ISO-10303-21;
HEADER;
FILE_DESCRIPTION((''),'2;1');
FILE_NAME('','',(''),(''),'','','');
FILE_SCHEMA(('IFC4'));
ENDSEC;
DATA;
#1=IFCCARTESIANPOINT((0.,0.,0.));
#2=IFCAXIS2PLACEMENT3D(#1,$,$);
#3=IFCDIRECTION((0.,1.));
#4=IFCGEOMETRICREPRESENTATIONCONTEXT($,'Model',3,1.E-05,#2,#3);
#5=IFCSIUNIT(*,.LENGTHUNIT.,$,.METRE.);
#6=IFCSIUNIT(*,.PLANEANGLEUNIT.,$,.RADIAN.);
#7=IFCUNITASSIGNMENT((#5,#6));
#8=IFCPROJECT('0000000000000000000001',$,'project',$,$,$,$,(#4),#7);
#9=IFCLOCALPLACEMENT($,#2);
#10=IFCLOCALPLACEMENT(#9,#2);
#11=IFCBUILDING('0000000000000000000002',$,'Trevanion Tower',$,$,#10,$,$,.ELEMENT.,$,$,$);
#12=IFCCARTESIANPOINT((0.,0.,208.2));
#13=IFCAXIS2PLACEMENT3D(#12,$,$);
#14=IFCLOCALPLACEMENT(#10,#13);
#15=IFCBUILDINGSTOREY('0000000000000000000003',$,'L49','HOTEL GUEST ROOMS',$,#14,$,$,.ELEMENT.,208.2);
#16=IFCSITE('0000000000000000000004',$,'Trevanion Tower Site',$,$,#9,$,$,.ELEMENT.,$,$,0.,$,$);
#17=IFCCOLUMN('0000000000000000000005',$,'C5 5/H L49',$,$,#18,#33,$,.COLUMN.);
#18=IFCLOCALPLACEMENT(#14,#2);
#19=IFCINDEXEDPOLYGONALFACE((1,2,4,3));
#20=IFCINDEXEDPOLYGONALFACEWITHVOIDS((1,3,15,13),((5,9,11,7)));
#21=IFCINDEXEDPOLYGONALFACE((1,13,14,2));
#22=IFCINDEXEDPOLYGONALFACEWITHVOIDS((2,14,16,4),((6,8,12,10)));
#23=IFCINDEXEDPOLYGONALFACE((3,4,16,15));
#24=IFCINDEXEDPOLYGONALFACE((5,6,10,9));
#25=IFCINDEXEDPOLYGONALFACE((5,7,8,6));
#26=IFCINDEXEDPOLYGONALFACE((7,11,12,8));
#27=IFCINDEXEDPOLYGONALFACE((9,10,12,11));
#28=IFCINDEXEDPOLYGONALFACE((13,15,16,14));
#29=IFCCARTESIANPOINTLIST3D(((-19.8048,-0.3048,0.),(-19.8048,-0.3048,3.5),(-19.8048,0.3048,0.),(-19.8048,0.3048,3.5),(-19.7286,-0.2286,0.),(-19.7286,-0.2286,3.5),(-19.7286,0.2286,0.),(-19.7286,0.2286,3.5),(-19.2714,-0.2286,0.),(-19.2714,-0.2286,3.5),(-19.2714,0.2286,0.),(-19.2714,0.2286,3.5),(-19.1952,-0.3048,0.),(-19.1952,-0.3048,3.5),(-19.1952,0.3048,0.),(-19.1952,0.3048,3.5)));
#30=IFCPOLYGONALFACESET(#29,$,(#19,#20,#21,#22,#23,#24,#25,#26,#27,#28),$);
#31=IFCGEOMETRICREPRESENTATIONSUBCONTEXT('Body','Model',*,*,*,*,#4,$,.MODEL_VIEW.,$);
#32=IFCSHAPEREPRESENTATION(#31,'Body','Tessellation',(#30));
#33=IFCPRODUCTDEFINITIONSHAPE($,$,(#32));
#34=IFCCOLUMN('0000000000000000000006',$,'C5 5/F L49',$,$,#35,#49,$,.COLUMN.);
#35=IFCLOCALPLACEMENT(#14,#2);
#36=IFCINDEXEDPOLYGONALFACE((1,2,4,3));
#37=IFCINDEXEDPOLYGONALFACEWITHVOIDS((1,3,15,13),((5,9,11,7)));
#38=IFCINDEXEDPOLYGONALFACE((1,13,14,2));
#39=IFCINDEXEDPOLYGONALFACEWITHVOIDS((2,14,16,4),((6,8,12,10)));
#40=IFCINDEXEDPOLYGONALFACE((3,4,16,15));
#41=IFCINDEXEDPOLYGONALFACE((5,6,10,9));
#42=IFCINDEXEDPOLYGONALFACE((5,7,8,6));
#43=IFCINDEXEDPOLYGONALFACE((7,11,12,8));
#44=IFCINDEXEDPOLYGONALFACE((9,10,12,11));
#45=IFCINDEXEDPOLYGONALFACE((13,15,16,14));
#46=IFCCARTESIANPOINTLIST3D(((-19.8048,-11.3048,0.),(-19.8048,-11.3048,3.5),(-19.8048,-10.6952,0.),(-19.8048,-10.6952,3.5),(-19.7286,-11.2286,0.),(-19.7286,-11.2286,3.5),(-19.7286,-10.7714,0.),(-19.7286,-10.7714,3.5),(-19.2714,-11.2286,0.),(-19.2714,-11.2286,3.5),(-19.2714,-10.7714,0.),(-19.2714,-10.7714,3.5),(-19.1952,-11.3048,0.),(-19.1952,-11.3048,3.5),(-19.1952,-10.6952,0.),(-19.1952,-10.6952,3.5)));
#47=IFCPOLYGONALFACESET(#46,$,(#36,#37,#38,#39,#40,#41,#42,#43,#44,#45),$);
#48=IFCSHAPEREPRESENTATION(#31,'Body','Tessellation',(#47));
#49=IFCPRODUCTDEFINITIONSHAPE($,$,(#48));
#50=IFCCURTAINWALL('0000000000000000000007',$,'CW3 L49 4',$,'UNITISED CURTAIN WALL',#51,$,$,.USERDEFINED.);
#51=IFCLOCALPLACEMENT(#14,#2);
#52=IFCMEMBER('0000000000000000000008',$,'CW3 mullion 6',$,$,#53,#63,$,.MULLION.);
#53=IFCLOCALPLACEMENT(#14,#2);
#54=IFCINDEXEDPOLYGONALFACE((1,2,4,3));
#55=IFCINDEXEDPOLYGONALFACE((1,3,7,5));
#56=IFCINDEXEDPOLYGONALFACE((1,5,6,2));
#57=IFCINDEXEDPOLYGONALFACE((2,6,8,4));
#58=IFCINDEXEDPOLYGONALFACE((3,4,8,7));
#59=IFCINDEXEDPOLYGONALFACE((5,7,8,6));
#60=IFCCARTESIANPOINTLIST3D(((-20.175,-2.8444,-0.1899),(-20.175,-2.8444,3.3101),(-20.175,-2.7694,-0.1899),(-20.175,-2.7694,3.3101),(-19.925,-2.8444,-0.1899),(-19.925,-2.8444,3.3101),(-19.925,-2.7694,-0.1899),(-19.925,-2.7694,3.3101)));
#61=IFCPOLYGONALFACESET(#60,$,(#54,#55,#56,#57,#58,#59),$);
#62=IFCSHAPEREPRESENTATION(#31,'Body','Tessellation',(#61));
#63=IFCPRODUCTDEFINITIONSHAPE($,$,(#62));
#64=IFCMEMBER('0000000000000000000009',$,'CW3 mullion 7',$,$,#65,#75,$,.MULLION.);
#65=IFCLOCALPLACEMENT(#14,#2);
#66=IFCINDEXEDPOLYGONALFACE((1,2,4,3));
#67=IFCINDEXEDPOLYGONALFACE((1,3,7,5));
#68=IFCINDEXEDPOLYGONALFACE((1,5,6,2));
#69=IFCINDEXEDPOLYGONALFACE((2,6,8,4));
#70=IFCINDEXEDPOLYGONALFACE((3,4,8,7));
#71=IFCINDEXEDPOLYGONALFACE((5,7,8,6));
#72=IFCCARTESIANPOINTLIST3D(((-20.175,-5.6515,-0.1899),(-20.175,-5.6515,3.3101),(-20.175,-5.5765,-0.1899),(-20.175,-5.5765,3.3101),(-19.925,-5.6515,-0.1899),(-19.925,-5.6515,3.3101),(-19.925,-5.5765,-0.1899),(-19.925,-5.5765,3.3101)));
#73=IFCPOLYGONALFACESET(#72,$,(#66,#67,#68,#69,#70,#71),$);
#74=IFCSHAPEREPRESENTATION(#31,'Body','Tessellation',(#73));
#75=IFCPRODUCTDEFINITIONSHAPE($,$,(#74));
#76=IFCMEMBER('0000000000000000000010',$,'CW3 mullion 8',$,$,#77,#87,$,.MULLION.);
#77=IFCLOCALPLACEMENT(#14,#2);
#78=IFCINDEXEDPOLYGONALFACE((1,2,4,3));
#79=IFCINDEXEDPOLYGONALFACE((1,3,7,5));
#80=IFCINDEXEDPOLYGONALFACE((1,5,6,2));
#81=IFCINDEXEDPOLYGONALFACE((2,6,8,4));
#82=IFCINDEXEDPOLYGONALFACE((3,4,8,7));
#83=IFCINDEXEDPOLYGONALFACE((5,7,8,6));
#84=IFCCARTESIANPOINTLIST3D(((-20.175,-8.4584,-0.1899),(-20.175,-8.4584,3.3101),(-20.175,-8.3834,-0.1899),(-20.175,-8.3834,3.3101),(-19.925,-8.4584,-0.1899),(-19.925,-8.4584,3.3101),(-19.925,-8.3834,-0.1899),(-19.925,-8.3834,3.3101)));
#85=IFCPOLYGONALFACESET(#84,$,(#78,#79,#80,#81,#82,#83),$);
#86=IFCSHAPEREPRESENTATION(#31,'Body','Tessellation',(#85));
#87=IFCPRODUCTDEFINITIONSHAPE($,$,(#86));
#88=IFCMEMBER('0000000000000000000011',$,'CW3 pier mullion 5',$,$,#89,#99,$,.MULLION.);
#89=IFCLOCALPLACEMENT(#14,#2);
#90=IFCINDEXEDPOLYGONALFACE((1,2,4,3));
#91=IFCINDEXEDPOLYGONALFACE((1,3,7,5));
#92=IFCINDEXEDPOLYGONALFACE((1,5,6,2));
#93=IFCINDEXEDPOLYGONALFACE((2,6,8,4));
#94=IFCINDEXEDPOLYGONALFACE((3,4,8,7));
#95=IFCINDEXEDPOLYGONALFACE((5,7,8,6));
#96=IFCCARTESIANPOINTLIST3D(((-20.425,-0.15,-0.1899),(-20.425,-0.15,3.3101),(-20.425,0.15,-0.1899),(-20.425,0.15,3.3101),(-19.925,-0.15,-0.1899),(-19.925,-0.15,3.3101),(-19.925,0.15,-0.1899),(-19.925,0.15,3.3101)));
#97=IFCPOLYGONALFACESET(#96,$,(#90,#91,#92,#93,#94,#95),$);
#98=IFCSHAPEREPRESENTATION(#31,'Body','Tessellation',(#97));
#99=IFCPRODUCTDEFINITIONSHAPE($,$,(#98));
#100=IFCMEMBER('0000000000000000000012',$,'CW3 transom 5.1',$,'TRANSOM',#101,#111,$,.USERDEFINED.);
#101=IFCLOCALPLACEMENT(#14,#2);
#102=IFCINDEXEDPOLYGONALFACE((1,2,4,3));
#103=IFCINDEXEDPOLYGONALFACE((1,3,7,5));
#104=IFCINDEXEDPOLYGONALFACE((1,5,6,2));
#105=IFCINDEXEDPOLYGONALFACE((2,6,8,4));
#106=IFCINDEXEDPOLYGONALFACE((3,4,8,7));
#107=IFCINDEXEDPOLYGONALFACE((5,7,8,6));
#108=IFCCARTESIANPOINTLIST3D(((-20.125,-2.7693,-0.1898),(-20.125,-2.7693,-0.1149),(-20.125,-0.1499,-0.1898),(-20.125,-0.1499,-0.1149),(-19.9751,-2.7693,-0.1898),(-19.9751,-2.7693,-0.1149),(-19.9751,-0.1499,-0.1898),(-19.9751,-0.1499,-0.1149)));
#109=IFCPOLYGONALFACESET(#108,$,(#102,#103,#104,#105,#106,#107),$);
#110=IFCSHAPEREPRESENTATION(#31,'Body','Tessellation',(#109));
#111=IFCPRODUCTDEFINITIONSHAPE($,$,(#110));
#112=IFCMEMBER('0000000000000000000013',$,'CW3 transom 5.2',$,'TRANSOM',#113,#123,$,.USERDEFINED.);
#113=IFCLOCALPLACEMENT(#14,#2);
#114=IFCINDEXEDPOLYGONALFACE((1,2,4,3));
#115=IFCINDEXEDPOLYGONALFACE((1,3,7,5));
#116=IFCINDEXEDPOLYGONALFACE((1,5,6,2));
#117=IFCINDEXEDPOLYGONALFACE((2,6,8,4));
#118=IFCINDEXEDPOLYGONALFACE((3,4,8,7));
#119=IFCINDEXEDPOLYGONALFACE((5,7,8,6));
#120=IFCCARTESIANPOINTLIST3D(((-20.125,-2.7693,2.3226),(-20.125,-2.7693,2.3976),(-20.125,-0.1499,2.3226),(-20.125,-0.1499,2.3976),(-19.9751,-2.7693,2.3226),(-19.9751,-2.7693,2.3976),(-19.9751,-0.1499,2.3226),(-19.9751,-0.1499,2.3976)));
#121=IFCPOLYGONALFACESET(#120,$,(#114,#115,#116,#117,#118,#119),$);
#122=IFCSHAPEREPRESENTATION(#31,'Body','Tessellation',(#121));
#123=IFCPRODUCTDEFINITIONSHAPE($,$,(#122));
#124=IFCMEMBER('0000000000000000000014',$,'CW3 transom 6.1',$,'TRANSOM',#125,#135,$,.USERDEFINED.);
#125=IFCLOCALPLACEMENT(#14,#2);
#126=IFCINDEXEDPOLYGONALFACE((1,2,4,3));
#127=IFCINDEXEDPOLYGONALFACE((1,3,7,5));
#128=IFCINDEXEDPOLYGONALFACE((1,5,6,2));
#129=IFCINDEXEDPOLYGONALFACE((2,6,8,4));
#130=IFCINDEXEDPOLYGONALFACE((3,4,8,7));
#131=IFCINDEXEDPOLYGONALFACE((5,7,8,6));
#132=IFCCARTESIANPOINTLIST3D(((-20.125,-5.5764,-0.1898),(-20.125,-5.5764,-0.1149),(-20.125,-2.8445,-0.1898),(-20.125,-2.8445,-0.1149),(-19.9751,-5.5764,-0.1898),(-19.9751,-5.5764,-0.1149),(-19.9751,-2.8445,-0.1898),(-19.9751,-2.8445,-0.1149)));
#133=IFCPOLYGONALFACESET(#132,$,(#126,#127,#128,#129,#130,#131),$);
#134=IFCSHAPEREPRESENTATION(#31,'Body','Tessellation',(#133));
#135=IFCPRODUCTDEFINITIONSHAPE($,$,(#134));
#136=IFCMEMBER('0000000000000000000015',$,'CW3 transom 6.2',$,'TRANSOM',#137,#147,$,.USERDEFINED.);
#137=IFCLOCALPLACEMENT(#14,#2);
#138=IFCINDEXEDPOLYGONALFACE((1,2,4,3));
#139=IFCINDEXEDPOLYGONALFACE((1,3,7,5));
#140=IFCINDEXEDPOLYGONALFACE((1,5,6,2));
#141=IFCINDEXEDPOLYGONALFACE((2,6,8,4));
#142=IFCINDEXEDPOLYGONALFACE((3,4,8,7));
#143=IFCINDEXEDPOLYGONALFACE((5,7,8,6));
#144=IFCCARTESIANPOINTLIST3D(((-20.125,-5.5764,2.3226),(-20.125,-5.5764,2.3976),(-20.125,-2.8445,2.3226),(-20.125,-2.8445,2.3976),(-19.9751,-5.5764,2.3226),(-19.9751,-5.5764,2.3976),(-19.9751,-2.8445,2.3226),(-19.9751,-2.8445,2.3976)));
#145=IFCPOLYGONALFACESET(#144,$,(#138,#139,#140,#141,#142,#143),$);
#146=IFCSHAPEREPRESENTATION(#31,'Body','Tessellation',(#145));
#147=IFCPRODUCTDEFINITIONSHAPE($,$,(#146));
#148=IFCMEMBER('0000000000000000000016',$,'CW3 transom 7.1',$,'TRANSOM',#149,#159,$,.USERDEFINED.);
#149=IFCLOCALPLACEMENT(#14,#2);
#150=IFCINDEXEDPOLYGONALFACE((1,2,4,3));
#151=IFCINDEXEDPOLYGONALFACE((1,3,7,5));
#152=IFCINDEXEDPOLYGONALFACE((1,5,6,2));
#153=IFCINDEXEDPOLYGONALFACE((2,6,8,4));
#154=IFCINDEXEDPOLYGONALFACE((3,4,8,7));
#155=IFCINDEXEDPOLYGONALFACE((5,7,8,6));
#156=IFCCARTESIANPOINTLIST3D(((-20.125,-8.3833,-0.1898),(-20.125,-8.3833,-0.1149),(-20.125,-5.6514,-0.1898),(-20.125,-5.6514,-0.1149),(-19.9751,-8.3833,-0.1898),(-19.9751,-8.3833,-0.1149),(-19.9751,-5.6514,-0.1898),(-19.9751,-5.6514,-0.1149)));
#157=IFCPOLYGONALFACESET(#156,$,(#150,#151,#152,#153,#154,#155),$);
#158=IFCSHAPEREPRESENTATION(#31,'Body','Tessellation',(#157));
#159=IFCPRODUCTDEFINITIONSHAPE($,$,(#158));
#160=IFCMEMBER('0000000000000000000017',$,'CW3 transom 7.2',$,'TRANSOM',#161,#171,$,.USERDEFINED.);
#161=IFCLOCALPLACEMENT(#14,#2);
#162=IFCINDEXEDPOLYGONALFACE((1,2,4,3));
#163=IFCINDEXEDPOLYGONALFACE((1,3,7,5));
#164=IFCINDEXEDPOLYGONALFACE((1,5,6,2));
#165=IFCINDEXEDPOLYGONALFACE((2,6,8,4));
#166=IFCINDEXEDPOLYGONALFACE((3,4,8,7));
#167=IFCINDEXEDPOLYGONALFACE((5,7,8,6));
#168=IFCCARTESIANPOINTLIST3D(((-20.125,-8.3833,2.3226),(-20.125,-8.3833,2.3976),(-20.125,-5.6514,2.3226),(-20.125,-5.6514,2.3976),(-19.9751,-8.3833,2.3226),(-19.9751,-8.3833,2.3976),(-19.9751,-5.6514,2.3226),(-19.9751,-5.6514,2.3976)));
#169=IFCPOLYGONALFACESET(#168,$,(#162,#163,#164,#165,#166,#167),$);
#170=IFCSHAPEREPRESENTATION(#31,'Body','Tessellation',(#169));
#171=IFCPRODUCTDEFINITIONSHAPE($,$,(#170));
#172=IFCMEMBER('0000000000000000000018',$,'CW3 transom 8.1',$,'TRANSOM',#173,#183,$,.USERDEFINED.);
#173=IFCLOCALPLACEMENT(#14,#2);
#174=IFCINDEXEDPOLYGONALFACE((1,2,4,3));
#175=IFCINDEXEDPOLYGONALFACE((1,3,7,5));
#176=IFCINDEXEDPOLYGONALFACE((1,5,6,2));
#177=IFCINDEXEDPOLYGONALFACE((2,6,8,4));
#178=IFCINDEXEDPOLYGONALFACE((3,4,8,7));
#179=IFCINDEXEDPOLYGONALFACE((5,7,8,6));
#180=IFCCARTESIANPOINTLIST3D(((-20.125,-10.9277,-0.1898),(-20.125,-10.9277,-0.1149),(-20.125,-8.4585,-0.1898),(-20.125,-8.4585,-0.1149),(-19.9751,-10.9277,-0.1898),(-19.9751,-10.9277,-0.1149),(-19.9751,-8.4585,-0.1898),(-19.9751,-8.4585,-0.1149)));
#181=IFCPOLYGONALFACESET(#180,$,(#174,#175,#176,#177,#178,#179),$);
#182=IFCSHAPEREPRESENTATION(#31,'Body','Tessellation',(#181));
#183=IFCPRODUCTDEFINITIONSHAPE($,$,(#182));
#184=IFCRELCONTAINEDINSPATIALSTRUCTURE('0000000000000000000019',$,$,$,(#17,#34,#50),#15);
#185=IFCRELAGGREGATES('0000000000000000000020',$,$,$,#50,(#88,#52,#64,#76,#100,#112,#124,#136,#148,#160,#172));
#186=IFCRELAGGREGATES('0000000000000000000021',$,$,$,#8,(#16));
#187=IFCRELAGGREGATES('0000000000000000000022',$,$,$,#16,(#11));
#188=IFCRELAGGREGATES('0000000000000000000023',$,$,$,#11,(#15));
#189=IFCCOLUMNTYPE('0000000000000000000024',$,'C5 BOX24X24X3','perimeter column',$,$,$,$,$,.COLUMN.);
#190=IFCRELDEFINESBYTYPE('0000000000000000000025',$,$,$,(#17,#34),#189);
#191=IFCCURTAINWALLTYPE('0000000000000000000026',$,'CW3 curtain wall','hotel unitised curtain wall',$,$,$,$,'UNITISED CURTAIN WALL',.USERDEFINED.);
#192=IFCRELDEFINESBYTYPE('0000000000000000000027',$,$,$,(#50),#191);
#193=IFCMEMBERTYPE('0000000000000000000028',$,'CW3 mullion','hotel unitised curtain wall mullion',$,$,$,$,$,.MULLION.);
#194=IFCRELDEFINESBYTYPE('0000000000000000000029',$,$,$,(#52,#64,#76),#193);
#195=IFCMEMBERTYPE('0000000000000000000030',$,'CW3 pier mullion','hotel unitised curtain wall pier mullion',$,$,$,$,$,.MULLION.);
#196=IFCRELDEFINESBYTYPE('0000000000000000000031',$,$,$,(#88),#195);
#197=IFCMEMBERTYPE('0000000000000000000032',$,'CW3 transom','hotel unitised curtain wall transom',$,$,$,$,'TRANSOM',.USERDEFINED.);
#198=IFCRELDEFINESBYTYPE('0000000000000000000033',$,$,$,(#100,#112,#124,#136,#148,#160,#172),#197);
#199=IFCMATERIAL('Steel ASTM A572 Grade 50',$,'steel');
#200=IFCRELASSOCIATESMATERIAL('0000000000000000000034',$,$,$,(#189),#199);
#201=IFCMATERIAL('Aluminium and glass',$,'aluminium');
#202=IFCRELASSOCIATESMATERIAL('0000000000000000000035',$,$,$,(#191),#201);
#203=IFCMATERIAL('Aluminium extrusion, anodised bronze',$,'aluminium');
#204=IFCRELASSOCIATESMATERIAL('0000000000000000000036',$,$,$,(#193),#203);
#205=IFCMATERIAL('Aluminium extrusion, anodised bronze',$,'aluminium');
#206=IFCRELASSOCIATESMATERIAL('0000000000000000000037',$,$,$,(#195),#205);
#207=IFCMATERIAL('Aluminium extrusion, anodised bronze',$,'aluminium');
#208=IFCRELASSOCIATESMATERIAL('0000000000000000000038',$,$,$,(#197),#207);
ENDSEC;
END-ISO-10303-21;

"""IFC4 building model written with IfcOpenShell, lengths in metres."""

from ifc_helpers import new_model, si_unit, direction, frame, origin, origin_2d, place, context, subcontext, project, spatial, rectangle, hollow_rectangle, extrude, material, material_profile, profile_set, type_object, element, aggregate, save


model = new_model("IFC4")

# Units and contexts
model_context = context("Model", 3, precision=1e-05, world=origin(), true_north=direction((0.0, 1.0)))
body_context = subcontext(model_context, "Body", "Model", "MODEL_VIEW")
ifc_project = project(units=[si_unit("LENGTHUNIT", "METRE"), si_unit("PLANEANGLEUNIT", "RADIAN")], contexts=[model_context])

# Site, building, storey
site_placement = place(None, origin())
site = spatial("IfcSite", under=ifc_project, at=site_placement, Name="Trevanion Tower Site", CompositionType="ELEMENT", RefElevation=0.0)
building_placement = place(site_placement, origin())
building = spatial("IfcBuilding", under=site, at=building_placement, Name="Trevanion Tower", CompositionType="ELEMENT")
storey_placement = place(building_placement, frame((0.0, 0.0, 208.2)))
storey = spatial("IfcBuildingStorey", under=building, at=storey_placement, Name="L49", Description="HOTEL GUEST ROOMS", CompositionType="ELEMENT", Elevation=208.2)

# Columns
ifc_material_1 = material(Name="Steel ASTM A572 Grade 50", Category="steel")
ifc_material_profile_1 = material_profile(ifc_material_1, hollow_rectangle(XDim=0.6096, YDim=0.6096, WallThickness=0.0762, at=origin_2d()), Name="BOX24X24X3")
ifc_profile_set_1 = profile_set([ifc_material_profile_1], Name="Steel ASTM A572 Grade 50")
column_type = type_object("IfcColumnType", Name="C5 BOX24X24X3", Description="perimeter column", PredefinedType="COLUMN", material=ifc_profile_set_1)
for number, where, z_axis, x_axis, name in (
    (1, (-19.5, 0.0, 0.0), (0.0, 0.0, 1.0), (0.0, 1.0, 0.0), "C5 5/H L49"),
    (2, (-19.5, -11.0, 0.0), (0.0, 0.0, 1.0), (0.0, 1.0, 0.0), "C5 5/F L49"),
):
    element("IfcColumn", number, at=place(storey_placement, frame(where, z_axis=z_axis, x_axis=x_axis)), inside=storey, type_object=column_type, Name=name, PredefinedType="COLUMN", context=body_context, shape_type="SweptSolid", body=[
        extrude(hollow_rectangle(XDim=0.6096, YDim=0.6096, WallThickness=0.0762, at=origin_2d()), origin(), (0.0, 0.0, 1.0), 3.5),
    ])

# Curtain wall, members
ifc_material_2 = material(Name="Aluminium and glass", Category="aluminium")
curtain_wall_type = type_object("IfcCurtainWallType", Name="CW3 curtain wall", Description="hotel unitised curtain wall", ElementType="UNITISED CURTAIN WALL", PredefinedType="USERDEFINED", material=ifc_material_2)
curtain_wall_placement = place(storey_placement, origin())
curtain_wall = element("IfcCurtainWall", 3, at=curtain_wall_placement, inside=storey, type_object=curtain_wall_type, Name="CW3 L49 4", ObjectType="UNITISED CURTAIN WALL", PredefinedType="USERDEFINED")
ifc_material_3 = material(Name="Aluminium extrusion, anodised bronze", Category="aluminium")
ifc_material_profile_2 = material_profile(ifc_material_3, rectangle(XDim=0.075, YDim=0.25, at=origin_2d()), Name="CW3 mullion")
ifc_profile_set_2 = profile_set([ifc_material_profile_2], Name="Aluminium extrusion, anodised bronze")
member_type_1 = type_object("IfcMemberType", Name="CW3 mullion", Description="hotel unitised curtain wall mullion", PredefinedType="MULLION", material=ifc_profile_set_2)
member_1_placement = place(storey_placement, frame((-20.05, -2.8069, -0.1899), z_axis=(0.0, 0.0, 1.0), x_axis=(0.0, -1.0, 0.0)))
member_1 = element("IfcMember", 4, at=member_1_placement, type_object=member_type_1, Name="CW3 mullion 6", PredefinedType="MULLION", context=body_context, shape_type="SweptSolid", body=[
    extrude(rectangle(XDim=0.075, YDim=0.25, at=origin_2d()), origin(), (0.0, 0.0, 1.0), 3.5),
])
member_2_placement = place(storey_placement, frame((-20.05, -5.614, -0.1899), z_axis=(0.0, 0.0, 1.0), x_axis=(0.0, -1.0, 0.0)))
member_2 = element("IfcMember", 5, at=member_2_placement, type_object=member_type_1, Name="CW3 mullion 7", PredefinedType="MULLION", context=body_context, shape_type="SweptSolid", body=[
    extrude(rectangle(XDim=0.075, YDim=0.25, at=origin_2d()), origin(), (0.0, 0.0, 1.0), 3.5),
])
member_3_placement = place(storey_placement, frame((-20.05, -8.4209, -0.1899), z_axis=(0.0, 0.0, 1.0), x_axis=(0.0, -1.0, 0.0)))
member_3 = element("IfcMember", 6, at=member_3_placement, type_object=member_type_1, Name="CW3 mullion 8", PredefinedType="MULLION", context=body_context, shape_type="SweptSolid", body=[
    extrude(rectangle(XDim=0.075, YDim=0.25, at=origin_2d()), origin(), (0.0, 0.0, 1.0), 3.5),
])
ifc_material_4 = material(Name="Aluminium extrusion, anodised bronze", Category="aluminium")
ifc_material_profile_3 = material_profile(ifc_material_4, rectangle(XDim=0.3, YDim=0.5, at=origin_2d()), Name="CW3 pier mullion")
ifc_profile_set_3 = profile_set([ifc_material_profile_3], Name="Aluminium extrusion, anodised bronze")
member_type_2 = type_object("IfcMemberType", Name="CW3 pier mullion", Description="hotel unitised curtain wall pier mullion", PredefinedType="MULLION", material=ifc_profile_set_3)
member_4_placement = place(storey_placement, frame((-20.175, 0.0, -0.1899), z_axis=(0.0, 0.0, 1.0), x_axis=(0.0, -1.0, 0.0)))
member_4 = element("IfcMember", 7, at=member_4_placement, type_object=member_type_2, Name="CW3 pier mullion 5", PredefinedType="MULLION", context=body_context, shape_type="SweptSolid", body=[
    extrude(rectangle(XDim=0.3, YDim=0.5, at=origin_2d()), origin(), (0.0, 0.0, 1.0), 3.5),
])
ifc_material_5 = material(Name="Aluminium extrusion, anodised bronze", Category="aluminium")
ifc_material_profile_4 = material_profile(ifc_material_5, rectangle(XDim=0.1499, YDim=0.075, at=origin_2d()), Name="CW3 transom")
ifc_profile_set_4 = profile_set([ifc_material_profile_4], Name="Aluminium extrusion, anodised bronze")
member_type_3 = type_object("IfcMemberType", Name="CW3 transom", Description="hotel unitised curtain wall transom", ElementType="TRANSOM", PredefinedType="USERDEFINED", material=ifc_profile_set_4)
member_5_placement = place(storey_placement, frame((-20.05, -0.1499, -0.1523), z_axis=(0.0, -1.0, 0.0), x_axis=(1.0, 0.0, 0.0)))
member_5 = element("IfcMember", 8, at=member_5_placement, type_object=member_type_3, Name="CW3 transom 5.1", ObjectType="TRANSOM", PredefinedType="USERDEFINED", context=body_context, shape_type="SweptSolid", body=[
    extrude(rectangle(XDim=0.1499, YDim=0.075, at=origin_2d()), origin(), (0.0, 0.0, 1.0), 2.6194),
])
member_6_placement = place(storey_placement, frame((-20.05, -0.1499, 2.3601), z_axis=(0.0, -1.0, 0.0), x_axis=(1.0, 0.0, 0.0)))
member_6 = element("IfcMember", 9, at=member_6_placement, type_object=member_type_3, Name="CW3 transom 5.2", ObjectType="TRANSOM", PredefinedType="USERDEFINED", context=body_context, shape_type="SweptSolid", body=[
    extrude(rectangle(XDim=0.1499, YDim=0.075, at=origin_2d()), origin(), (0.0, 0.0, 1.0), 2.6194),
])
member_7_placement = place(storey_placement, frame((-20.05, -2.8445, -0.1523), z_axis=(0.0, -1.0, 0.0), x_axis=(1.0, 0.0, 0.0)))
member_7 = element("IfcMember", 10, at=member_7_placement, type_object=member_type_3, Name="CW3 transom 6.1", ObjectType="TRANSOM", PredefinedType="USERDEFINED", context=body_context, shape_type="SweptSolid", body=[
    extrude(rectangle(XDim=0.1499, YDim=0.075, at=origin_2d()), origin(), (0.0, 0.0, 1.0), 2.7319),
])
member_8_placement = place(storey_placement, frame((-20.05, -2.8445, 2.3601), z_axis=(0.0, -1.0, 0.0), x_axis=(1.0, 0.0, 0.0)))
member_8 = element("IfcMember", 11, at=member_8_placement, type_object=member_type_3, Name="CW3 transom 6.2", ObjectType="TRANSOM", PredefinedType="USERDEFINED", context=body_context, shape_type="SweptSolid", body=[
    extrude(rectangle(XDim=0.1499, YDim=0.075, at=origin_2d()), origin(), (0.0, 0.0, 1.0), 2.7319),
])
member_9_placement = place(storey_placement, frame((-20.05, -5.6514, -0.1523), z_axis=(0.0, -1.0, 0.0), x_axis=(1.0, 0.0, 0.0)))
member_9 = element("IfcMember", 12, at=member_9_placement, type_object=member_type_3, Name="CW3 transom 7.1", ObjectType="TRANSOM", PredefinedType="USERDEFINED", context=body_context, shape_type="SweptSolid", body=[
    extrude(rectangle(XDim=0.1499, YDim=0.075, at=origin_2d()), origin(), (0.0, 0.0, 1.0), 2.7319),
])
member_10_placement = place(storey_placement, frame((-20.05, -5.6514, 2.3601), z_axis=(0.0, -1.0, 0.0), x_axis=(1.0, 0.0, 0.0)))
member_10 = element("IfcMember", 13, at=member_10_placement, type_object=member_type_3, Name="CW3 transom 7.2", ObjectType="TRANSOM", PredefinedType="USERDEFINED", context=body_context, shape_type="SweptSolid", body=[
    extrude(rectangle(XDim=0.1499, YDim=0.075, at=origin_2d()), origin(), (0.0, 0.0, 1.0), 2.7319),
])
member_11_placement = place(storey_placement, frame((-20.05, -8.4585, -0.1523), z_axis=(0.0, -1.0, 0.0), x_axis=(1.0, 0.0, 0.0)))
member_11 = element("IfcMember", 14, at=member_11_placement, type_object=member_type_3, Name="CW3 transom 8.1", ObjectType="TRANSOM", PredefinedType="USERDEFINED", context=body_context, shape_type="SweptSolid", body=[
    extrude(rectangle(XDim=0.1499, YDim=0.075, at=origin_2d()), origin(), (0.0, 0.0, 1.0), 2.4692),
])

aggregate(curtain_wall, [member_4, member_1, member_2, member_3, member_5, member_6, member_7, member_8, member_9, member_10, member_11])

save(model, "model.ifc")
